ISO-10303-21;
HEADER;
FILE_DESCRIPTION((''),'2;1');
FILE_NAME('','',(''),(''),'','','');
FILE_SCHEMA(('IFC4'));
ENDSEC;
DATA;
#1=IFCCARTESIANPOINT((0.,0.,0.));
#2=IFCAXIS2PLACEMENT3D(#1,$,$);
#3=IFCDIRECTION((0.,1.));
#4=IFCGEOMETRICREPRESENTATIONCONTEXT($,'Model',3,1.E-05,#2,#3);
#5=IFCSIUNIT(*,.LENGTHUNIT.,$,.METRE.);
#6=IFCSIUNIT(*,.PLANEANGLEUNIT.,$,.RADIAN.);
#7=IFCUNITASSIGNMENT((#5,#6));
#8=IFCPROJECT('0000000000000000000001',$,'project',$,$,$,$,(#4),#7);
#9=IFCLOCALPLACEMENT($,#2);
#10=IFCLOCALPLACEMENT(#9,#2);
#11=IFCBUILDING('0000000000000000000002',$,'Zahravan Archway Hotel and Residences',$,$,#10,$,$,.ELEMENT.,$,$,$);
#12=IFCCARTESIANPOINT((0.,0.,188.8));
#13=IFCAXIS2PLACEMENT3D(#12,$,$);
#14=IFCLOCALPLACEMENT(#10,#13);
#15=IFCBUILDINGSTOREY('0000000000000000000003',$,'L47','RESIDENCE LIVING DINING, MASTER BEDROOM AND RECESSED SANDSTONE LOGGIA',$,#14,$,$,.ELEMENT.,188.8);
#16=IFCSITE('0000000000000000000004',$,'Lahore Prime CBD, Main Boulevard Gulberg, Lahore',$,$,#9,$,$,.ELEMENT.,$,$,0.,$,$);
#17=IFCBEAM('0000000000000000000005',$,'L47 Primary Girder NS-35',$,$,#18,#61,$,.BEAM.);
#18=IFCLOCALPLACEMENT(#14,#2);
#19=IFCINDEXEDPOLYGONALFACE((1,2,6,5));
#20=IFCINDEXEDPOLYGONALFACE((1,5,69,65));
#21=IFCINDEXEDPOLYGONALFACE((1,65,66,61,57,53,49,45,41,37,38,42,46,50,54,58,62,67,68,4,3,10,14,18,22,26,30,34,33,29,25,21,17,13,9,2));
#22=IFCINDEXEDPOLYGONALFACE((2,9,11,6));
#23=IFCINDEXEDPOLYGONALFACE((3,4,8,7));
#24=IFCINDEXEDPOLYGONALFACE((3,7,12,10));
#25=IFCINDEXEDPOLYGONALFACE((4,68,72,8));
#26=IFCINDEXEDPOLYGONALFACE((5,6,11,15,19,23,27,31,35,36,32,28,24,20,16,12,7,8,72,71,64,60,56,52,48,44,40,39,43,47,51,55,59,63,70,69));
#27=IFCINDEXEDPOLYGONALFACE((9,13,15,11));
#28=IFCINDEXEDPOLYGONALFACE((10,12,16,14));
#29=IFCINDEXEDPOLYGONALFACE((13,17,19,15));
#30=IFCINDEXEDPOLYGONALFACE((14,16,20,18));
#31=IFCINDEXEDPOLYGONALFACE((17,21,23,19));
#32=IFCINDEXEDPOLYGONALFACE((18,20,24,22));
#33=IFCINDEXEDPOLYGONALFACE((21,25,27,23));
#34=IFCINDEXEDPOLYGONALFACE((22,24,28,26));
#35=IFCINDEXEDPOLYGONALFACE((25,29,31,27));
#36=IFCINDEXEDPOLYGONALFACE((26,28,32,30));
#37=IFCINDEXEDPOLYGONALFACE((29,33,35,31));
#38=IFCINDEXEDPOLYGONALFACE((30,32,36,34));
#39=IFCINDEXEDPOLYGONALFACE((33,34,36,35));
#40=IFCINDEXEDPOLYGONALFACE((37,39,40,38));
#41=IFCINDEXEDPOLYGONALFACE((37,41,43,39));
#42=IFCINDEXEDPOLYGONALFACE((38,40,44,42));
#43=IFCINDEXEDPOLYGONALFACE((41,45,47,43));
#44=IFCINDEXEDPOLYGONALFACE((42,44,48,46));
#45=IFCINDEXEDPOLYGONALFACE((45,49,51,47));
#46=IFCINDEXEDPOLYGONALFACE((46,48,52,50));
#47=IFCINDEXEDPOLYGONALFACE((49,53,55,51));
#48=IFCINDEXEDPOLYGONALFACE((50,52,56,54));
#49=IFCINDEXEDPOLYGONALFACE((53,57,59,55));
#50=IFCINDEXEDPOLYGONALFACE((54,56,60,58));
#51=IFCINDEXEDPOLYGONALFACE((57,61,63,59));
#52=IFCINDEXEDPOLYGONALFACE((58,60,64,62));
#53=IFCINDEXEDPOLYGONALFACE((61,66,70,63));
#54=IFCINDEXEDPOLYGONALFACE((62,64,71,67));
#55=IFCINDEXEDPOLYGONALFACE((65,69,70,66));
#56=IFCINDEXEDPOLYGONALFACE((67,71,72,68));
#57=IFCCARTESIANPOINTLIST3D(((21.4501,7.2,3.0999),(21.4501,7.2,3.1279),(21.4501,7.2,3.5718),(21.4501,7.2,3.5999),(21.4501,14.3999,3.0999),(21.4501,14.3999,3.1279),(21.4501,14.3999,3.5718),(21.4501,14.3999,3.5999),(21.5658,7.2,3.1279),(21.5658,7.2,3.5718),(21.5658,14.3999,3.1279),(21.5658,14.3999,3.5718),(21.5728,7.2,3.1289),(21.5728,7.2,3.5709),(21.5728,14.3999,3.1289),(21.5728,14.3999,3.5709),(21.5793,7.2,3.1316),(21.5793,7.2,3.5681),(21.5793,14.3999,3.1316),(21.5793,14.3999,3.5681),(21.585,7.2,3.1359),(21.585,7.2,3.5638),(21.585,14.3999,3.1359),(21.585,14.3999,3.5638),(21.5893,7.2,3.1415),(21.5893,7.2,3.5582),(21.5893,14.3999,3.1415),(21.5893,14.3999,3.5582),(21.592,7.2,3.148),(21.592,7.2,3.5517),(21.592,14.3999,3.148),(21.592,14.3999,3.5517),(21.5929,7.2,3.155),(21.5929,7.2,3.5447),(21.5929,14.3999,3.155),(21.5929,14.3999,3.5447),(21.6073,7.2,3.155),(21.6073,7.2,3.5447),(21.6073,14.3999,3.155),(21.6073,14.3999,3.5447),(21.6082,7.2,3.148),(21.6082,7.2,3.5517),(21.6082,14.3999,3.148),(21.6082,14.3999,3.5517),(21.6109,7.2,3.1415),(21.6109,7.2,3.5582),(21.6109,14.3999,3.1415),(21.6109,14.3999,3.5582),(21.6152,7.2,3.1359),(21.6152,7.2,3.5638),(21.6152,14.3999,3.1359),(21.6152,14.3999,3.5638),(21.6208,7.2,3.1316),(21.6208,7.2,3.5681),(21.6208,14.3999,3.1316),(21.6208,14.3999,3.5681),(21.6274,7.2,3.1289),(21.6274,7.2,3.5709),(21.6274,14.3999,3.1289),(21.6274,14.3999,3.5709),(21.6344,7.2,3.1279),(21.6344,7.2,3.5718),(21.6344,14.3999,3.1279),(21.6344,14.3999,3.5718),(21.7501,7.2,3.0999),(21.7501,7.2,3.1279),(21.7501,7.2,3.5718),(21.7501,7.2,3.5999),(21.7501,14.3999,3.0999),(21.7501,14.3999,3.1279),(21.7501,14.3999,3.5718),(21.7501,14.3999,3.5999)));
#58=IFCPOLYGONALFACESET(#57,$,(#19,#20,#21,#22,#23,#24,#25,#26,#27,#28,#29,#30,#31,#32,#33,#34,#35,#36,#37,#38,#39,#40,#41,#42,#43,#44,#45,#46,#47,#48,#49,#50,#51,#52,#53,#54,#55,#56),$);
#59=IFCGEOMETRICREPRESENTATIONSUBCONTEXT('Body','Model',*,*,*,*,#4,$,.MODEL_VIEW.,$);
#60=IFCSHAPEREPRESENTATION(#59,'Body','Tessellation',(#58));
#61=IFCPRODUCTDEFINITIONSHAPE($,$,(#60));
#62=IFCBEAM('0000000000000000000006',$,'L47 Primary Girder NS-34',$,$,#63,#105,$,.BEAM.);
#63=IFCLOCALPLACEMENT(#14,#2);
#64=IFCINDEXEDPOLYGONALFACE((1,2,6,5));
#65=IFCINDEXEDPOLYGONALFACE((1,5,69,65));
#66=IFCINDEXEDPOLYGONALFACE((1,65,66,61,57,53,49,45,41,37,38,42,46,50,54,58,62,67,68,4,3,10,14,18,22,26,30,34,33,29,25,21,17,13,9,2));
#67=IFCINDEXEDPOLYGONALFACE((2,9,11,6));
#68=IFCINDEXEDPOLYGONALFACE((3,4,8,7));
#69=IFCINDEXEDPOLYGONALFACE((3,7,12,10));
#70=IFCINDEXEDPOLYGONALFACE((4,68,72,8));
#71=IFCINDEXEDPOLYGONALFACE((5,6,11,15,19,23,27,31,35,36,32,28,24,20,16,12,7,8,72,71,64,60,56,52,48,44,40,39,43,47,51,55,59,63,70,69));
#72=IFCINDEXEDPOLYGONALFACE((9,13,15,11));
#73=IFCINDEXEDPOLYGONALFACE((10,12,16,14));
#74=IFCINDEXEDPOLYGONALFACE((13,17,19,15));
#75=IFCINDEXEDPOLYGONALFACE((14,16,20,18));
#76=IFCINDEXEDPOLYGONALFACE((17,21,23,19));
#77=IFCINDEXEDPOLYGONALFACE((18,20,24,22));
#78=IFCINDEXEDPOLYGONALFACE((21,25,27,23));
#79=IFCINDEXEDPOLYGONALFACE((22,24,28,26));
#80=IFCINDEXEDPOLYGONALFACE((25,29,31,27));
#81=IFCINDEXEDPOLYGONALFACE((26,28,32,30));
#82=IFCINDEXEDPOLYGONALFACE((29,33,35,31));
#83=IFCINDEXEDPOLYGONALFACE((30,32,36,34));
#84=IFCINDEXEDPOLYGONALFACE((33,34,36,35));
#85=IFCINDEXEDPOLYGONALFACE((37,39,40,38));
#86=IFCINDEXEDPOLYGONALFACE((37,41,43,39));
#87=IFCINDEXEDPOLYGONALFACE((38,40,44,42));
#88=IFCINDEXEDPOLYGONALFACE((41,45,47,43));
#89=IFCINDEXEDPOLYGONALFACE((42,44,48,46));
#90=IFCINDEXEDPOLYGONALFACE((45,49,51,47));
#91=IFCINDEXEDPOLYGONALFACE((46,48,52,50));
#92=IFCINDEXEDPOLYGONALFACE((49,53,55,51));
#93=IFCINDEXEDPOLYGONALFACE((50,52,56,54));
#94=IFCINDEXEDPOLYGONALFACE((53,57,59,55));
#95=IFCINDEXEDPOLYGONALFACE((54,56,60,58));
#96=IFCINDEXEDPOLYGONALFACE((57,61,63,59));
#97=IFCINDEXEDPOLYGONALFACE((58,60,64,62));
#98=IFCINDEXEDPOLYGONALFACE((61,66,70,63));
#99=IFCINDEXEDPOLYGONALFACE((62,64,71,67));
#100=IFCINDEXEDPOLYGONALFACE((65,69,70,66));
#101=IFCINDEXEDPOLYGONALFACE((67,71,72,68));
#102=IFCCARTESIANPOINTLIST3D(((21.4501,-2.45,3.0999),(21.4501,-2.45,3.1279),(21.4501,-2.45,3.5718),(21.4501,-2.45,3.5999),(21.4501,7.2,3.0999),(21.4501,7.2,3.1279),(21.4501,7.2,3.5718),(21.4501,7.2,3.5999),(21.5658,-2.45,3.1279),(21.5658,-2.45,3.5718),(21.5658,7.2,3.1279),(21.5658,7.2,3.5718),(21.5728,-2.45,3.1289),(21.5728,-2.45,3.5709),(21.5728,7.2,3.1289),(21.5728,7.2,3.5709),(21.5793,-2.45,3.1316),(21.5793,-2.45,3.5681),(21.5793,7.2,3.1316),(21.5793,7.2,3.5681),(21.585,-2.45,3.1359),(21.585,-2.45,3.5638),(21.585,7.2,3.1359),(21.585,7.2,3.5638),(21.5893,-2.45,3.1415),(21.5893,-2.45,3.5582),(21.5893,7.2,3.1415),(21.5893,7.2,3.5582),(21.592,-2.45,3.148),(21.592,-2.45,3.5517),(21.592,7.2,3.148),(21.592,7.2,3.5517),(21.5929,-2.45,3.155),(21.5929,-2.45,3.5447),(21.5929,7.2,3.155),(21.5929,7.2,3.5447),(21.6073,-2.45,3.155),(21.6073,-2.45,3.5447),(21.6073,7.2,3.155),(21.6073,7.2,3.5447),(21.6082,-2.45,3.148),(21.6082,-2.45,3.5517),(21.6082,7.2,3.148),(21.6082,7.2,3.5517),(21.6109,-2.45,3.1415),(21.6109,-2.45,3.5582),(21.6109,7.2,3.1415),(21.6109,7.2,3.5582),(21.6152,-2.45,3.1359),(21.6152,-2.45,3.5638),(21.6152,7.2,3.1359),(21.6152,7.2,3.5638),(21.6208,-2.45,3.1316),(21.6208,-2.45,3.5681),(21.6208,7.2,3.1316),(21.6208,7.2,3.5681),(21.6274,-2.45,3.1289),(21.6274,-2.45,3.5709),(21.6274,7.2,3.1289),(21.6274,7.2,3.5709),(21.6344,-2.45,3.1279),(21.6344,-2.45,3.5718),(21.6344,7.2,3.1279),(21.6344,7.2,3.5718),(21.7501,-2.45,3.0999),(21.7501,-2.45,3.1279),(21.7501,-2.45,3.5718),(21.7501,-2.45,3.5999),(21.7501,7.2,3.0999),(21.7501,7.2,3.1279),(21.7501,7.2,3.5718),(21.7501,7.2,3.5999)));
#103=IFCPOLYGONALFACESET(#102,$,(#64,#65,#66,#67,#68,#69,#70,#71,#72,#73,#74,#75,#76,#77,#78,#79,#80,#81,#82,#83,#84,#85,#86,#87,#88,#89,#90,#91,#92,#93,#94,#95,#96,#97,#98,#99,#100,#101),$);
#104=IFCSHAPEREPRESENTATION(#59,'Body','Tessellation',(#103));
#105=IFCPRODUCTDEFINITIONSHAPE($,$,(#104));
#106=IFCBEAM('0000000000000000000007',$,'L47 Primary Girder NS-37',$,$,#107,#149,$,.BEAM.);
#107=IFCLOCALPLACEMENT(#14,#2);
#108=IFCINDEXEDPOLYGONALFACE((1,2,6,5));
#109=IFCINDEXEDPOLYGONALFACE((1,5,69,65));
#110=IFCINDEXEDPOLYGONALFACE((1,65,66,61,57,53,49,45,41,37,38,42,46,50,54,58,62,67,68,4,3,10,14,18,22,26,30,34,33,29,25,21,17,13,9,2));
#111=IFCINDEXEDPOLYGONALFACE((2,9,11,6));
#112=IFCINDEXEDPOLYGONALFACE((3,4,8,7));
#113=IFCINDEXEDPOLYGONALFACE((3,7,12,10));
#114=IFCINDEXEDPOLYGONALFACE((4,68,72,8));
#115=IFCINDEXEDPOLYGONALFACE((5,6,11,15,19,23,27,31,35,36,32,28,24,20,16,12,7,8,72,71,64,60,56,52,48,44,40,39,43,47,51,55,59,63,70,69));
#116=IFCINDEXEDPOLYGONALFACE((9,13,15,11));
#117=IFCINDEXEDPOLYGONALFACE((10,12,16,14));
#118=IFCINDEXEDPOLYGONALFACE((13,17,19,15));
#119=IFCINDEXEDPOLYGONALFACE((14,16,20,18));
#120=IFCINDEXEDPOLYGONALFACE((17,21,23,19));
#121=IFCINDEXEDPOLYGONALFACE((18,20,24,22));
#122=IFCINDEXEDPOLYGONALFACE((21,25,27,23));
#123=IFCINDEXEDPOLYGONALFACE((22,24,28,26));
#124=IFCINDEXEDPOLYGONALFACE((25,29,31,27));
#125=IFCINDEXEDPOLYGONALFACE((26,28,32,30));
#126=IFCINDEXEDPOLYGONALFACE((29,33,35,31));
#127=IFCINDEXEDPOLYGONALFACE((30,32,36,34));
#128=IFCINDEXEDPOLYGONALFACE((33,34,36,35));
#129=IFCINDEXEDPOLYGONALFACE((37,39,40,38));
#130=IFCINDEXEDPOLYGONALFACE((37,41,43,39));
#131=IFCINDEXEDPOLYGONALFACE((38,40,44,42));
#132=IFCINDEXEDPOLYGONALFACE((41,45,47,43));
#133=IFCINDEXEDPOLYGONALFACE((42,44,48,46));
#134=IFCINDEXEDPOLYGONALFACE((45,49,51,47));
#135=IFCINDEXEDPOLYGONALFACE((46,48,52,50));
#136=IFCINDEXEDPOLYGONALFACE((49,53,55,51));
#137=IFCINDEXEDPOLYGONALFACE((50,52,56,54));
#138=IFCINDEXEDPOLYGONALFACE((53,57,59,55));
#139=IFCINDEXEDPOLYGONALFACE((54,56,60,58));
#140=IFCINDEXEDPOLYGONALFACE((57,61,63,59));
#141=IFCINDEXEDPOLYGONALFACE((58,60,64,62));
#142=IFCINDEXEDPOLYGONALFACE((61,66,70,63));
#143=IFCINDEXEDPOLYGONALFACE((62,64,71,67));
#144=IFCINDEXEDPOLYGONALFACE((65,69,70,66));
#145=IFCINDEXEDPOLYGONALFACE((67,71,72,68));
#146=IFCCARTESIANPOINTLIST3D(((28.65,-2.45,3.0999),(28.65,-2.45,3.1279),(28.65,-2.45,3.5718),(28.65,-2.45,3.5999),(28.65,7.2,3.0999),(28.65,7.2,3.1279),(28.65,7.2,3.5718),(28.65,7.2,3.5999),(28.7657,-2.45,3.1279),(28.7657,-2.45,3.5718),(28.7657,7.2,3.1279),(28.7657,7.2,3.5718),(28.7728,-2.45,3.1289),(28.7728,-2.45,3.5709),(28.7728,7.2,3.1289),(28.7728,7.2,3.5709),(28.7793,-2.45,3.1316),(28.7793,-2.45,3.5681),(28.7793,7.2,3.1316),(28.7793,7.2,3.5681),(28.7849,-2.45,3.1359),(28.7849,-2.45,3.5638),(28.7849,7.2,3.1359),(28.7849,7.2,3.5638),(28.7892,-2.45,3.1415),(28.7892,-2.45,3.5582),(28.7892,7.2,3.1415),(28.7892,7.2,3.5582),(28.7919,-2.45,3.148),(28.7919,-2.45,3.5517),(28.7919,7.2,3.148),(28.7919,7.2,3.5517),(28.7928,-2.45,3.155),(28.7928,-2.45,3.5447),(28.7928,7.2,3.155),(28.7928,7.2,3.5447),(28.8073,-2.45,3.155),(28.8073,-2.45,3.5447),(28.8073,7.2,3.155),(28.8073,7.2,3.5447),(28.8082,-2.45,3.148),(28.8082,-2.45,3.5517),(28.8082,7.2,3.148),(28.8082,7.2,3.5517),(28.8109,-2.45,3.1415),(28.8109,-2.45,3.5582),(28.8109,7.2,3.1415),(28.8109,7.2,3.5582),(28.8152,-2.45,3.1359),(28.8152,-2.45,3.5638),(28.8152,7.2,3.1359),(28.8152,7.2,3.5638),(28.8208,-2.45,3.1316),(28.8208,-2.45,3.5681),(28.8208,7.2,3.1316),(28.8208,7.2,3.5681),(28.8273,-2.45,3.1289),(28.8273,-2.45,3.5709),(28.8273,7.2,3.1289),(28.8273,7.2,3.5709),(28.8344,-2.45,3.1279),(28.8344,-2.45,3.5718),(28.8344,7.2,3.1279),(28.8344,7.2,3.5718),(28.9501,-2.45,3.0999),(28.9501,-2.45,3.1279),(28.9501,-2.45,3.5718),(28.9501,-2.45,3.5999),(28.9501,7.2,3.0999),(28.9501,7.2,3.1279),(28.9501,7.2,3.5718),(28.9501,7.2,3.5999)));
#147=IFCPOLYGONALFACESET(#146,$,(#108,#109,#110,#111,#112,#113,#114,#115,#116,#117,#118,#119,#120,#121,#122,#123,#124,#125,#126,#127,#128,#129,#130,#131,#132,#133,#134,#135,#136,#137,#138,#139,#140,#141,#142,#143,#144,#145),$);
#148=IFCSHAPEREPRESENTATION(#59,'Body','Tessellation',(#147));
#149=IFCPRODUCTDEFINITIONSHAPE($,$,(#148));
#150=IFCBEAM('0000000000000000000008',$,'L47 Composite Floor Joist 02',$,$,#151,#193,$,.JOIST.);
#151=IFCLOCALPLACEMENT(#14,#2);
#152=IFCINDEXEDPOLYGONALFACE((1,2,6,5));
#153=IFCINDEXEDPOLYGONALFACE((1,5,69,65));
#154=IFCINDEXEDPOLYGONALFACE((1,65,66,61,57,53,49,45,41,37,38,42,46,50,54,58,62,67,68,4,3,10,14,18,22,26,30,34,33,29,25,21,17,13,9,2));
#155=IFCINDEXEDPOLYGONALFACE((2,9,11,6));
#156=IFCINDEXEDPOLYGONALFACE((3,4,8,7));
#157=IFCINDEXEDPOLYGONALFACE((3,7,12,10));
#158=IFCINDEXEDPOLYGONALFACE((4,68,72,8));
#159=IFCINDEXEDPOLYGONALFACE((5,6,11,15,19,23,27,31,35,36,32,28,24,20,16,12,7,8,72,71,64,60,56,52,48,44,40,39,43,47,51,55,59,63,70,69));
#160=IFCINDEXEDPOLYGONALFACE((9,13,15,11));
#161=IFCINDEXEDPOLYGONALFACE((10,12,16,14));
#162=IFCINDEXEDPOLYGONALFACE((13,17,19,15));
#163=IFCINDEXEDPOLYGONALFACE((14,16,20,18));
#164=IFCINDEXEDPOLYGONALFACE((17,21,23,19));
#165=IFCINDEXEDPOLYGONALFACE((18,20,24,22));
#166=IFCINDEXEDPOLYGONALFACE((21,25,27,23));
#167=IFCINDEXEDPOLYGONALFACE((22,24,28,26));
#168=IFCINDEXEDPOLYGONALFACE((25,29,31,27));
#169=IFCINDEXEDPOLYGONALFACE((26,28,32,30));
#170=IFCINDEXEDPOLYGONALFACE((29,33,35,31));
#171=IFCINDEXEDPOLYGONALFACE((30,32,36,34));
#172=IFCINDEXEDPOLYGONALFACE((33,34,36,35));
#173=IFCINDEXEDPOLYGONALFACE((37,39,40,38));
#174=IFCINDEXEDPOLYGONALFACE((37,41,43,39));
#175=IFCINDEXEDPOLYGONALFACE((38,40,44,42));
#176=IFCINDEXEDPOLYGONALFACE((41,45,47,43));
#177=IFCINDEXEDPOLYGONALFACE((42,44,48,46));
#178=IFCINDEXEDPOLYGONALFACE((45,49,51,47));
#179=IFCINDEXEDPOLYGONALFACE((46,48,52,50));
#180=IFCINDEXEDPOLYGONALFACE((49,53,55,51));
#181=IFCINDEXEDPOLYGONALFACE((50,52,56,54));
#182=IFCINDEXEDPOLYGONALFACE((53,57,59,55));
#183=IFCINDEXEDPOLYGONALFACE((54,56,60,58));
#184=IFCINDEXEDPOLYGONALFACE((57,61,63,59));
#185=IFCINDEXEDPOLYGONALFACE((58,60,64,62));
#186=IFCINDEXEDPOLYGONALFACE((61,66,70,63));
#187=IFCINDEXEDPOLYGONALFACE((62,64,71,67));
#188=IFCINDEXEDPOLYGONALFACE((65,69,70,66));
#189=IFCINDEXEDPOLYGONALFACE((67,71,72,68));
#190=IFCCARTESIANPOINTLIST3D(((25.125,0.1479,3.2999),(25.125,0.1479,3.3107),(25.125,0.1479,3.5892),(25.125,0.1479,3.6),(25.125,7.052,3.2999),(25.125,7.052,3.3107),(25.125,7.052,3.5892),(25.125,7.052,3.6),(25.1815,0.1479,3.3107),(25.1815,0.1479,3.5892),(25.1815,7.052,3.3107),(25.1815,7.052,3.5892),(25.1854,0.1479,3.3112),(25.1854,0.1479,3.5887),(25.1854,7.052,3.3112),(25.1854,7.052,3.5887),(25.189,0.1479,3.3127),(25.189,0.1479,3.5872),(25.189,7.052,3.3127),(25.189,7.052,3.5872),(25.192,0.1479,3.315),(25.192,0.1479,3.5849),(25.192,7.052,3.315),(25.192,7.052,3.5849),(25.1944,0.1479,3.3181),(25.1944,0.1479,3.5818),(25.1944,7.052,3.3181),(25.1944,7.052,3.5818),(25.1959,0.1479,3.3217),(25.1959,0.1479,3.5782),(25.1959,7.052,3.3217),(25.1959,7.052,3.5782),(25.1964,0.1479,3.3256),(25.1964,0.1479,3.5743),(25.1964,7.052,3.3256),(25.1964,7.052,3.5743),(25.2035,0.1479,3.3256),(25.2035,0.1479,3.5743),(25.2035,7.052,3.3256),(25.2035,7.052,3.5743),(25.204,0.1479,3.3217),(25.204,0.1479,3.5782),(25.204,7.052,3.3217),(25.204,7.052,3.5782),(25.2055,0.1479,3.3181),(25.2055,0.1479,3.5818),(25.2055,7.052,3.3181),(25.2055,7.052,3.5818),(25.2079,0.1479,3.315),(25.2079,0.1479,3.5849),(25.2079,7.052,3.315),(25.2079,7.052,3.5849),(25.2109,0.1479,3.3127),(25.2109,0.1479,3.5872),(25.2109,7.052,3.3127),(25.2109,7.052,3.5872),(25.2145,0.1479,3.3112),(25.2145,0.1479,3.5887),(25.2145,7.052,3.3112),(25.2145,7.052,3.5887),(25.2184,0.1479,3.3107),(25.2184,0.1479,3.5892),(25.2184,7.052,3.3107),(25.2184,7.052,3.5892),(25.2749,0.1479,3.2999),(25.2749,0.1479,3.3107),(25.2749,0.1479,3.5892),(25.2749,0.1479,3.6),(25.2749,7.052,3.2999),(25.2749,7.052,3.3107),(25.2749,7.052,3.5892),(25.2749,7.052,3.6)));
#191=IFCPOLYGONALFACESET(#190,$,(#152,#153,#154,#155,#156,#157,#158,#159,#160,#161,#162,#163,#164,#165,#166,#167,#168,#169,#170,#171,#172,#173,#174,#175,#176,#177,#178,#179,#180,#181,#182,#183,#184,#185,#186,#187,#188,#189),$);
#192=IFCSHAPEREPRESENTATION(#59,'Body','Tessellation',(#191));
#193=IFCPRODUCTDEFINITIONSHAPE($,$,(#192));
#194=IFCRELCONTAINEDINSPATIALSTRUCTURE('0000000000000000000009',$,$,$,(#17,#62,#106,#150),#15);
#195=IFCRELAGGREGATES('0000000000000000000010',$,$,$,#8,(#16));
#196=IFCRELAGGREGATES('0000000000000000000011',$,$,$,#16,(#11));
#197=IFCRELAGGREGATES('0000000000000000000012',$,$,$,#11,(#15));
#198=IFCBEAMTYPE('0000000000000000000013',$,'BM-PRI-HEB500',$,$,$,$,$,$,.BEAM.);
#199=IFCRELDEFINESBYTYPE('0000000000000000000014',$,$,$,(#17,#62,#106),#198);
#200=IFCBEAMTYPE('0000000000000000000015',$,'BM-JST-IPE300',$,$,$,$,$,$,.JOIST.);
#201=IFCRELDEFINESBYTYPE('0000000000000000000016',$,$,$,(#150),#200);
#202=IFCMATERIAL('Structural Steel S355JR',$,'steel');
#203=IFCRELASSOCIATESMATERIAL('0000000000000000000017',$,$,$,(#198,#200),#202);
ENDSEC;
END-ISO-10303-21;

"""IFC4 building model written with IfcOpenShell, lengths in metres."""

from ifc_helpers import new_model, si_unit, direction, frame, origin, origin_2d, place, context, subcontext, project, spatial, i_section, extrude, source, transform, mapped, material, material_profile, profile_set, type_object, type_shapes, element, save


model = new_model("IFC4")

# Units and contexts
model_context = context("Model", 3, precision=1e-05, world=origin(), true_north=direction((0.0, 1.0)))
body_context = subcontext(model_context, "Body", "Model", "MODEL_VIEW")
ifc_project = project(units=[si_unit("LENGTHUNIT", "METRE"), si_unit("PLANEANGLEUNIT", "RADIAN")], contexts=[model_context])

# Site, building, storey
site_placement = place(None, origin())
site = spatial("IfcSite", under=ifc_project, at=site_placement, Name="Lahore Prime CBD, Main Boulevard Gulberg, Lahore", CompositionType="ELEMENT", RefElevation=0.0)
building_placement = place(site_placement, origin())
building = spatial("IfcBuilding", under=site, at=building_placement, Name="Zahravan Archway Hotel and Residences", CompositionType="ELEMENT")
storey_placement = place(building_placement, frame((0.0, 0.0, 188.8)))
storey = spatial("IfcBuildingStorey", under=building, at=storey_placement, Name="L47", Description="RESIDENCE LIVING DINING, MASTER BEDROOM AND RECESSED SANDSTONE LOGGIA", CompositionType="ELEMENT", Elevation=188.8)

# Beams
ifc_material_1 = material(Name="Structural Steel S355JR", Category="steel")
ifc_material_profile_1 = material_profile(ifc_material_1, i_section(OverallWidth=0.3, OverallDepth=0.5, WebThickness=0.0144, FlangeThickness=0.0281, FilletRadius=0.0271, at=origin_2d()), Name="HEB 500", Category="steel")
ifc_profile_set_1 = profile_set([ifc_material_profile_1], Name="Structural Steel S355JR")
beam_type_1 = type_object("IfcBeamType", Name="BM-PRI-HEB500", PredefinedType="BEAM", material=ifc_profile_set_1)
shared_shape_1 = source(origin(), body_context, "Body", "SweptSolid", [
    extrude(i_section(OverallWidth=0.3, OverallDepth=0.5, WebThickness=0.0144, FlangeThickness=0.0281, FilletRadius=0.0271, at=origin_2d()), origin(), (0.0, 0.0, 1.0), 7.2),
])
for number, where, z_axis, x_axis, name in (
    (1, (21.6001, 7.2, 3.3499), (0.0, 1.0, 0.0), (-1.0, 0.0, 0.0), "L47 Primary Girder NS-35"),
):
    element("IfcBeam", number, at=place(storey_placement, frame(where, z_axis=z_axis, x_axis=x_axis)), inside=storey, type_object=beam_type_1, Name=name, PredefinedType="BEAM", context=body_context, shape_type="MappedRepresentation", body=[
        mapped(shared_shape_1, transform((0.0, 0.0, 0.0), scale=1.0)),
    ])
shared_shape_2 = source(origin(), body_context, "Body", "SweptSolid", [
    extrude(i_section(OverallWidth=0.3, OverallDepth=0.5, WebThickness=0.0144, FlangeThickness=0.0281, FilletRadius=0.0271, at=origin_2d()), origin(), (0.0, 0.0, 1.0), 9.6499),
])
for number, where, z_axis, x_axis, name in (
    (2, (21.6001, -2.45, 3.3499), (0.0, 1.0, 0.0), (-1.0, 0.0, 0.0), "L47 Primary Girder NS-34"),
    (3, (28.8, -2.45, 3.3499), (0.0, 1.0, 0.0), (-1.0, 0.0, 0.0), "L47 Primary Girder NS-37"),
):
    element("IfcBeam", number, at=place(storey_placement, frame(where, z_axis=z_axis, x_axis=x_axis)), inside=storey, type_object=beam_type_1, Name=name, PredefinedType="BEAM", context=body_context, shape_type="MappedRepresentation", body=[
        mapped(shared_shape_2, transform((0.0, 0.0, 0.0), scale=1.0)),
    ])
ifc_material_profile_2 = material_profile(ifc_material_1, i_section(OverallWidth=0.1499, OverallDepth=0.3, WebThickness=0.0071, FlangeThickness=0.0107, FilletRadius=0.0149, at=origin_2d()), Name="IPE 300", Category="steel")
ifc_profile_set_2 = profile_set([ifc_material_profile_2], Name="Structural Steel S355JR")
beam_type_2 = type_object("IfcBeamType", Name="BM-JST-IPE300", PredefinedType="JOIST", material=ifc_profile_set_2)
shared_shape_3 = source(origin(), body_context, "Body", "SweptSolid", [
    extrude(i_section(OverallWidth=0.1499, OverallDepth=0.3, WebThickness=0.0071, FlangeThickness=0.0107, FilletRadius=0.0149, at=origin_2d()), origin(), (0.0, 0.0, 1.0), 6.9041),
])
type_shapes(beam_type_2, [shared_shape_3])
beam_1_placement = place(storey_placement, frame((25.2, 0.1479, 3.45), z_axis=(0.0, 1.0, 0.0), x_axis=(-1.0, 0.0, 0.0)))
element("IfcBeam", 4, at=beam_1_placement, inside=storey, type_object=beam_type_2, Name="L47 Composite Floor Joist 02", PredefinedType="JOIST", context=body_context, shape_type="MappedRepresentation", body=[
    mapped(shared_shape_3, transform((0.0, 0.0, 0.0), scale=1.0)),
])

save(model, "model.ifc")
